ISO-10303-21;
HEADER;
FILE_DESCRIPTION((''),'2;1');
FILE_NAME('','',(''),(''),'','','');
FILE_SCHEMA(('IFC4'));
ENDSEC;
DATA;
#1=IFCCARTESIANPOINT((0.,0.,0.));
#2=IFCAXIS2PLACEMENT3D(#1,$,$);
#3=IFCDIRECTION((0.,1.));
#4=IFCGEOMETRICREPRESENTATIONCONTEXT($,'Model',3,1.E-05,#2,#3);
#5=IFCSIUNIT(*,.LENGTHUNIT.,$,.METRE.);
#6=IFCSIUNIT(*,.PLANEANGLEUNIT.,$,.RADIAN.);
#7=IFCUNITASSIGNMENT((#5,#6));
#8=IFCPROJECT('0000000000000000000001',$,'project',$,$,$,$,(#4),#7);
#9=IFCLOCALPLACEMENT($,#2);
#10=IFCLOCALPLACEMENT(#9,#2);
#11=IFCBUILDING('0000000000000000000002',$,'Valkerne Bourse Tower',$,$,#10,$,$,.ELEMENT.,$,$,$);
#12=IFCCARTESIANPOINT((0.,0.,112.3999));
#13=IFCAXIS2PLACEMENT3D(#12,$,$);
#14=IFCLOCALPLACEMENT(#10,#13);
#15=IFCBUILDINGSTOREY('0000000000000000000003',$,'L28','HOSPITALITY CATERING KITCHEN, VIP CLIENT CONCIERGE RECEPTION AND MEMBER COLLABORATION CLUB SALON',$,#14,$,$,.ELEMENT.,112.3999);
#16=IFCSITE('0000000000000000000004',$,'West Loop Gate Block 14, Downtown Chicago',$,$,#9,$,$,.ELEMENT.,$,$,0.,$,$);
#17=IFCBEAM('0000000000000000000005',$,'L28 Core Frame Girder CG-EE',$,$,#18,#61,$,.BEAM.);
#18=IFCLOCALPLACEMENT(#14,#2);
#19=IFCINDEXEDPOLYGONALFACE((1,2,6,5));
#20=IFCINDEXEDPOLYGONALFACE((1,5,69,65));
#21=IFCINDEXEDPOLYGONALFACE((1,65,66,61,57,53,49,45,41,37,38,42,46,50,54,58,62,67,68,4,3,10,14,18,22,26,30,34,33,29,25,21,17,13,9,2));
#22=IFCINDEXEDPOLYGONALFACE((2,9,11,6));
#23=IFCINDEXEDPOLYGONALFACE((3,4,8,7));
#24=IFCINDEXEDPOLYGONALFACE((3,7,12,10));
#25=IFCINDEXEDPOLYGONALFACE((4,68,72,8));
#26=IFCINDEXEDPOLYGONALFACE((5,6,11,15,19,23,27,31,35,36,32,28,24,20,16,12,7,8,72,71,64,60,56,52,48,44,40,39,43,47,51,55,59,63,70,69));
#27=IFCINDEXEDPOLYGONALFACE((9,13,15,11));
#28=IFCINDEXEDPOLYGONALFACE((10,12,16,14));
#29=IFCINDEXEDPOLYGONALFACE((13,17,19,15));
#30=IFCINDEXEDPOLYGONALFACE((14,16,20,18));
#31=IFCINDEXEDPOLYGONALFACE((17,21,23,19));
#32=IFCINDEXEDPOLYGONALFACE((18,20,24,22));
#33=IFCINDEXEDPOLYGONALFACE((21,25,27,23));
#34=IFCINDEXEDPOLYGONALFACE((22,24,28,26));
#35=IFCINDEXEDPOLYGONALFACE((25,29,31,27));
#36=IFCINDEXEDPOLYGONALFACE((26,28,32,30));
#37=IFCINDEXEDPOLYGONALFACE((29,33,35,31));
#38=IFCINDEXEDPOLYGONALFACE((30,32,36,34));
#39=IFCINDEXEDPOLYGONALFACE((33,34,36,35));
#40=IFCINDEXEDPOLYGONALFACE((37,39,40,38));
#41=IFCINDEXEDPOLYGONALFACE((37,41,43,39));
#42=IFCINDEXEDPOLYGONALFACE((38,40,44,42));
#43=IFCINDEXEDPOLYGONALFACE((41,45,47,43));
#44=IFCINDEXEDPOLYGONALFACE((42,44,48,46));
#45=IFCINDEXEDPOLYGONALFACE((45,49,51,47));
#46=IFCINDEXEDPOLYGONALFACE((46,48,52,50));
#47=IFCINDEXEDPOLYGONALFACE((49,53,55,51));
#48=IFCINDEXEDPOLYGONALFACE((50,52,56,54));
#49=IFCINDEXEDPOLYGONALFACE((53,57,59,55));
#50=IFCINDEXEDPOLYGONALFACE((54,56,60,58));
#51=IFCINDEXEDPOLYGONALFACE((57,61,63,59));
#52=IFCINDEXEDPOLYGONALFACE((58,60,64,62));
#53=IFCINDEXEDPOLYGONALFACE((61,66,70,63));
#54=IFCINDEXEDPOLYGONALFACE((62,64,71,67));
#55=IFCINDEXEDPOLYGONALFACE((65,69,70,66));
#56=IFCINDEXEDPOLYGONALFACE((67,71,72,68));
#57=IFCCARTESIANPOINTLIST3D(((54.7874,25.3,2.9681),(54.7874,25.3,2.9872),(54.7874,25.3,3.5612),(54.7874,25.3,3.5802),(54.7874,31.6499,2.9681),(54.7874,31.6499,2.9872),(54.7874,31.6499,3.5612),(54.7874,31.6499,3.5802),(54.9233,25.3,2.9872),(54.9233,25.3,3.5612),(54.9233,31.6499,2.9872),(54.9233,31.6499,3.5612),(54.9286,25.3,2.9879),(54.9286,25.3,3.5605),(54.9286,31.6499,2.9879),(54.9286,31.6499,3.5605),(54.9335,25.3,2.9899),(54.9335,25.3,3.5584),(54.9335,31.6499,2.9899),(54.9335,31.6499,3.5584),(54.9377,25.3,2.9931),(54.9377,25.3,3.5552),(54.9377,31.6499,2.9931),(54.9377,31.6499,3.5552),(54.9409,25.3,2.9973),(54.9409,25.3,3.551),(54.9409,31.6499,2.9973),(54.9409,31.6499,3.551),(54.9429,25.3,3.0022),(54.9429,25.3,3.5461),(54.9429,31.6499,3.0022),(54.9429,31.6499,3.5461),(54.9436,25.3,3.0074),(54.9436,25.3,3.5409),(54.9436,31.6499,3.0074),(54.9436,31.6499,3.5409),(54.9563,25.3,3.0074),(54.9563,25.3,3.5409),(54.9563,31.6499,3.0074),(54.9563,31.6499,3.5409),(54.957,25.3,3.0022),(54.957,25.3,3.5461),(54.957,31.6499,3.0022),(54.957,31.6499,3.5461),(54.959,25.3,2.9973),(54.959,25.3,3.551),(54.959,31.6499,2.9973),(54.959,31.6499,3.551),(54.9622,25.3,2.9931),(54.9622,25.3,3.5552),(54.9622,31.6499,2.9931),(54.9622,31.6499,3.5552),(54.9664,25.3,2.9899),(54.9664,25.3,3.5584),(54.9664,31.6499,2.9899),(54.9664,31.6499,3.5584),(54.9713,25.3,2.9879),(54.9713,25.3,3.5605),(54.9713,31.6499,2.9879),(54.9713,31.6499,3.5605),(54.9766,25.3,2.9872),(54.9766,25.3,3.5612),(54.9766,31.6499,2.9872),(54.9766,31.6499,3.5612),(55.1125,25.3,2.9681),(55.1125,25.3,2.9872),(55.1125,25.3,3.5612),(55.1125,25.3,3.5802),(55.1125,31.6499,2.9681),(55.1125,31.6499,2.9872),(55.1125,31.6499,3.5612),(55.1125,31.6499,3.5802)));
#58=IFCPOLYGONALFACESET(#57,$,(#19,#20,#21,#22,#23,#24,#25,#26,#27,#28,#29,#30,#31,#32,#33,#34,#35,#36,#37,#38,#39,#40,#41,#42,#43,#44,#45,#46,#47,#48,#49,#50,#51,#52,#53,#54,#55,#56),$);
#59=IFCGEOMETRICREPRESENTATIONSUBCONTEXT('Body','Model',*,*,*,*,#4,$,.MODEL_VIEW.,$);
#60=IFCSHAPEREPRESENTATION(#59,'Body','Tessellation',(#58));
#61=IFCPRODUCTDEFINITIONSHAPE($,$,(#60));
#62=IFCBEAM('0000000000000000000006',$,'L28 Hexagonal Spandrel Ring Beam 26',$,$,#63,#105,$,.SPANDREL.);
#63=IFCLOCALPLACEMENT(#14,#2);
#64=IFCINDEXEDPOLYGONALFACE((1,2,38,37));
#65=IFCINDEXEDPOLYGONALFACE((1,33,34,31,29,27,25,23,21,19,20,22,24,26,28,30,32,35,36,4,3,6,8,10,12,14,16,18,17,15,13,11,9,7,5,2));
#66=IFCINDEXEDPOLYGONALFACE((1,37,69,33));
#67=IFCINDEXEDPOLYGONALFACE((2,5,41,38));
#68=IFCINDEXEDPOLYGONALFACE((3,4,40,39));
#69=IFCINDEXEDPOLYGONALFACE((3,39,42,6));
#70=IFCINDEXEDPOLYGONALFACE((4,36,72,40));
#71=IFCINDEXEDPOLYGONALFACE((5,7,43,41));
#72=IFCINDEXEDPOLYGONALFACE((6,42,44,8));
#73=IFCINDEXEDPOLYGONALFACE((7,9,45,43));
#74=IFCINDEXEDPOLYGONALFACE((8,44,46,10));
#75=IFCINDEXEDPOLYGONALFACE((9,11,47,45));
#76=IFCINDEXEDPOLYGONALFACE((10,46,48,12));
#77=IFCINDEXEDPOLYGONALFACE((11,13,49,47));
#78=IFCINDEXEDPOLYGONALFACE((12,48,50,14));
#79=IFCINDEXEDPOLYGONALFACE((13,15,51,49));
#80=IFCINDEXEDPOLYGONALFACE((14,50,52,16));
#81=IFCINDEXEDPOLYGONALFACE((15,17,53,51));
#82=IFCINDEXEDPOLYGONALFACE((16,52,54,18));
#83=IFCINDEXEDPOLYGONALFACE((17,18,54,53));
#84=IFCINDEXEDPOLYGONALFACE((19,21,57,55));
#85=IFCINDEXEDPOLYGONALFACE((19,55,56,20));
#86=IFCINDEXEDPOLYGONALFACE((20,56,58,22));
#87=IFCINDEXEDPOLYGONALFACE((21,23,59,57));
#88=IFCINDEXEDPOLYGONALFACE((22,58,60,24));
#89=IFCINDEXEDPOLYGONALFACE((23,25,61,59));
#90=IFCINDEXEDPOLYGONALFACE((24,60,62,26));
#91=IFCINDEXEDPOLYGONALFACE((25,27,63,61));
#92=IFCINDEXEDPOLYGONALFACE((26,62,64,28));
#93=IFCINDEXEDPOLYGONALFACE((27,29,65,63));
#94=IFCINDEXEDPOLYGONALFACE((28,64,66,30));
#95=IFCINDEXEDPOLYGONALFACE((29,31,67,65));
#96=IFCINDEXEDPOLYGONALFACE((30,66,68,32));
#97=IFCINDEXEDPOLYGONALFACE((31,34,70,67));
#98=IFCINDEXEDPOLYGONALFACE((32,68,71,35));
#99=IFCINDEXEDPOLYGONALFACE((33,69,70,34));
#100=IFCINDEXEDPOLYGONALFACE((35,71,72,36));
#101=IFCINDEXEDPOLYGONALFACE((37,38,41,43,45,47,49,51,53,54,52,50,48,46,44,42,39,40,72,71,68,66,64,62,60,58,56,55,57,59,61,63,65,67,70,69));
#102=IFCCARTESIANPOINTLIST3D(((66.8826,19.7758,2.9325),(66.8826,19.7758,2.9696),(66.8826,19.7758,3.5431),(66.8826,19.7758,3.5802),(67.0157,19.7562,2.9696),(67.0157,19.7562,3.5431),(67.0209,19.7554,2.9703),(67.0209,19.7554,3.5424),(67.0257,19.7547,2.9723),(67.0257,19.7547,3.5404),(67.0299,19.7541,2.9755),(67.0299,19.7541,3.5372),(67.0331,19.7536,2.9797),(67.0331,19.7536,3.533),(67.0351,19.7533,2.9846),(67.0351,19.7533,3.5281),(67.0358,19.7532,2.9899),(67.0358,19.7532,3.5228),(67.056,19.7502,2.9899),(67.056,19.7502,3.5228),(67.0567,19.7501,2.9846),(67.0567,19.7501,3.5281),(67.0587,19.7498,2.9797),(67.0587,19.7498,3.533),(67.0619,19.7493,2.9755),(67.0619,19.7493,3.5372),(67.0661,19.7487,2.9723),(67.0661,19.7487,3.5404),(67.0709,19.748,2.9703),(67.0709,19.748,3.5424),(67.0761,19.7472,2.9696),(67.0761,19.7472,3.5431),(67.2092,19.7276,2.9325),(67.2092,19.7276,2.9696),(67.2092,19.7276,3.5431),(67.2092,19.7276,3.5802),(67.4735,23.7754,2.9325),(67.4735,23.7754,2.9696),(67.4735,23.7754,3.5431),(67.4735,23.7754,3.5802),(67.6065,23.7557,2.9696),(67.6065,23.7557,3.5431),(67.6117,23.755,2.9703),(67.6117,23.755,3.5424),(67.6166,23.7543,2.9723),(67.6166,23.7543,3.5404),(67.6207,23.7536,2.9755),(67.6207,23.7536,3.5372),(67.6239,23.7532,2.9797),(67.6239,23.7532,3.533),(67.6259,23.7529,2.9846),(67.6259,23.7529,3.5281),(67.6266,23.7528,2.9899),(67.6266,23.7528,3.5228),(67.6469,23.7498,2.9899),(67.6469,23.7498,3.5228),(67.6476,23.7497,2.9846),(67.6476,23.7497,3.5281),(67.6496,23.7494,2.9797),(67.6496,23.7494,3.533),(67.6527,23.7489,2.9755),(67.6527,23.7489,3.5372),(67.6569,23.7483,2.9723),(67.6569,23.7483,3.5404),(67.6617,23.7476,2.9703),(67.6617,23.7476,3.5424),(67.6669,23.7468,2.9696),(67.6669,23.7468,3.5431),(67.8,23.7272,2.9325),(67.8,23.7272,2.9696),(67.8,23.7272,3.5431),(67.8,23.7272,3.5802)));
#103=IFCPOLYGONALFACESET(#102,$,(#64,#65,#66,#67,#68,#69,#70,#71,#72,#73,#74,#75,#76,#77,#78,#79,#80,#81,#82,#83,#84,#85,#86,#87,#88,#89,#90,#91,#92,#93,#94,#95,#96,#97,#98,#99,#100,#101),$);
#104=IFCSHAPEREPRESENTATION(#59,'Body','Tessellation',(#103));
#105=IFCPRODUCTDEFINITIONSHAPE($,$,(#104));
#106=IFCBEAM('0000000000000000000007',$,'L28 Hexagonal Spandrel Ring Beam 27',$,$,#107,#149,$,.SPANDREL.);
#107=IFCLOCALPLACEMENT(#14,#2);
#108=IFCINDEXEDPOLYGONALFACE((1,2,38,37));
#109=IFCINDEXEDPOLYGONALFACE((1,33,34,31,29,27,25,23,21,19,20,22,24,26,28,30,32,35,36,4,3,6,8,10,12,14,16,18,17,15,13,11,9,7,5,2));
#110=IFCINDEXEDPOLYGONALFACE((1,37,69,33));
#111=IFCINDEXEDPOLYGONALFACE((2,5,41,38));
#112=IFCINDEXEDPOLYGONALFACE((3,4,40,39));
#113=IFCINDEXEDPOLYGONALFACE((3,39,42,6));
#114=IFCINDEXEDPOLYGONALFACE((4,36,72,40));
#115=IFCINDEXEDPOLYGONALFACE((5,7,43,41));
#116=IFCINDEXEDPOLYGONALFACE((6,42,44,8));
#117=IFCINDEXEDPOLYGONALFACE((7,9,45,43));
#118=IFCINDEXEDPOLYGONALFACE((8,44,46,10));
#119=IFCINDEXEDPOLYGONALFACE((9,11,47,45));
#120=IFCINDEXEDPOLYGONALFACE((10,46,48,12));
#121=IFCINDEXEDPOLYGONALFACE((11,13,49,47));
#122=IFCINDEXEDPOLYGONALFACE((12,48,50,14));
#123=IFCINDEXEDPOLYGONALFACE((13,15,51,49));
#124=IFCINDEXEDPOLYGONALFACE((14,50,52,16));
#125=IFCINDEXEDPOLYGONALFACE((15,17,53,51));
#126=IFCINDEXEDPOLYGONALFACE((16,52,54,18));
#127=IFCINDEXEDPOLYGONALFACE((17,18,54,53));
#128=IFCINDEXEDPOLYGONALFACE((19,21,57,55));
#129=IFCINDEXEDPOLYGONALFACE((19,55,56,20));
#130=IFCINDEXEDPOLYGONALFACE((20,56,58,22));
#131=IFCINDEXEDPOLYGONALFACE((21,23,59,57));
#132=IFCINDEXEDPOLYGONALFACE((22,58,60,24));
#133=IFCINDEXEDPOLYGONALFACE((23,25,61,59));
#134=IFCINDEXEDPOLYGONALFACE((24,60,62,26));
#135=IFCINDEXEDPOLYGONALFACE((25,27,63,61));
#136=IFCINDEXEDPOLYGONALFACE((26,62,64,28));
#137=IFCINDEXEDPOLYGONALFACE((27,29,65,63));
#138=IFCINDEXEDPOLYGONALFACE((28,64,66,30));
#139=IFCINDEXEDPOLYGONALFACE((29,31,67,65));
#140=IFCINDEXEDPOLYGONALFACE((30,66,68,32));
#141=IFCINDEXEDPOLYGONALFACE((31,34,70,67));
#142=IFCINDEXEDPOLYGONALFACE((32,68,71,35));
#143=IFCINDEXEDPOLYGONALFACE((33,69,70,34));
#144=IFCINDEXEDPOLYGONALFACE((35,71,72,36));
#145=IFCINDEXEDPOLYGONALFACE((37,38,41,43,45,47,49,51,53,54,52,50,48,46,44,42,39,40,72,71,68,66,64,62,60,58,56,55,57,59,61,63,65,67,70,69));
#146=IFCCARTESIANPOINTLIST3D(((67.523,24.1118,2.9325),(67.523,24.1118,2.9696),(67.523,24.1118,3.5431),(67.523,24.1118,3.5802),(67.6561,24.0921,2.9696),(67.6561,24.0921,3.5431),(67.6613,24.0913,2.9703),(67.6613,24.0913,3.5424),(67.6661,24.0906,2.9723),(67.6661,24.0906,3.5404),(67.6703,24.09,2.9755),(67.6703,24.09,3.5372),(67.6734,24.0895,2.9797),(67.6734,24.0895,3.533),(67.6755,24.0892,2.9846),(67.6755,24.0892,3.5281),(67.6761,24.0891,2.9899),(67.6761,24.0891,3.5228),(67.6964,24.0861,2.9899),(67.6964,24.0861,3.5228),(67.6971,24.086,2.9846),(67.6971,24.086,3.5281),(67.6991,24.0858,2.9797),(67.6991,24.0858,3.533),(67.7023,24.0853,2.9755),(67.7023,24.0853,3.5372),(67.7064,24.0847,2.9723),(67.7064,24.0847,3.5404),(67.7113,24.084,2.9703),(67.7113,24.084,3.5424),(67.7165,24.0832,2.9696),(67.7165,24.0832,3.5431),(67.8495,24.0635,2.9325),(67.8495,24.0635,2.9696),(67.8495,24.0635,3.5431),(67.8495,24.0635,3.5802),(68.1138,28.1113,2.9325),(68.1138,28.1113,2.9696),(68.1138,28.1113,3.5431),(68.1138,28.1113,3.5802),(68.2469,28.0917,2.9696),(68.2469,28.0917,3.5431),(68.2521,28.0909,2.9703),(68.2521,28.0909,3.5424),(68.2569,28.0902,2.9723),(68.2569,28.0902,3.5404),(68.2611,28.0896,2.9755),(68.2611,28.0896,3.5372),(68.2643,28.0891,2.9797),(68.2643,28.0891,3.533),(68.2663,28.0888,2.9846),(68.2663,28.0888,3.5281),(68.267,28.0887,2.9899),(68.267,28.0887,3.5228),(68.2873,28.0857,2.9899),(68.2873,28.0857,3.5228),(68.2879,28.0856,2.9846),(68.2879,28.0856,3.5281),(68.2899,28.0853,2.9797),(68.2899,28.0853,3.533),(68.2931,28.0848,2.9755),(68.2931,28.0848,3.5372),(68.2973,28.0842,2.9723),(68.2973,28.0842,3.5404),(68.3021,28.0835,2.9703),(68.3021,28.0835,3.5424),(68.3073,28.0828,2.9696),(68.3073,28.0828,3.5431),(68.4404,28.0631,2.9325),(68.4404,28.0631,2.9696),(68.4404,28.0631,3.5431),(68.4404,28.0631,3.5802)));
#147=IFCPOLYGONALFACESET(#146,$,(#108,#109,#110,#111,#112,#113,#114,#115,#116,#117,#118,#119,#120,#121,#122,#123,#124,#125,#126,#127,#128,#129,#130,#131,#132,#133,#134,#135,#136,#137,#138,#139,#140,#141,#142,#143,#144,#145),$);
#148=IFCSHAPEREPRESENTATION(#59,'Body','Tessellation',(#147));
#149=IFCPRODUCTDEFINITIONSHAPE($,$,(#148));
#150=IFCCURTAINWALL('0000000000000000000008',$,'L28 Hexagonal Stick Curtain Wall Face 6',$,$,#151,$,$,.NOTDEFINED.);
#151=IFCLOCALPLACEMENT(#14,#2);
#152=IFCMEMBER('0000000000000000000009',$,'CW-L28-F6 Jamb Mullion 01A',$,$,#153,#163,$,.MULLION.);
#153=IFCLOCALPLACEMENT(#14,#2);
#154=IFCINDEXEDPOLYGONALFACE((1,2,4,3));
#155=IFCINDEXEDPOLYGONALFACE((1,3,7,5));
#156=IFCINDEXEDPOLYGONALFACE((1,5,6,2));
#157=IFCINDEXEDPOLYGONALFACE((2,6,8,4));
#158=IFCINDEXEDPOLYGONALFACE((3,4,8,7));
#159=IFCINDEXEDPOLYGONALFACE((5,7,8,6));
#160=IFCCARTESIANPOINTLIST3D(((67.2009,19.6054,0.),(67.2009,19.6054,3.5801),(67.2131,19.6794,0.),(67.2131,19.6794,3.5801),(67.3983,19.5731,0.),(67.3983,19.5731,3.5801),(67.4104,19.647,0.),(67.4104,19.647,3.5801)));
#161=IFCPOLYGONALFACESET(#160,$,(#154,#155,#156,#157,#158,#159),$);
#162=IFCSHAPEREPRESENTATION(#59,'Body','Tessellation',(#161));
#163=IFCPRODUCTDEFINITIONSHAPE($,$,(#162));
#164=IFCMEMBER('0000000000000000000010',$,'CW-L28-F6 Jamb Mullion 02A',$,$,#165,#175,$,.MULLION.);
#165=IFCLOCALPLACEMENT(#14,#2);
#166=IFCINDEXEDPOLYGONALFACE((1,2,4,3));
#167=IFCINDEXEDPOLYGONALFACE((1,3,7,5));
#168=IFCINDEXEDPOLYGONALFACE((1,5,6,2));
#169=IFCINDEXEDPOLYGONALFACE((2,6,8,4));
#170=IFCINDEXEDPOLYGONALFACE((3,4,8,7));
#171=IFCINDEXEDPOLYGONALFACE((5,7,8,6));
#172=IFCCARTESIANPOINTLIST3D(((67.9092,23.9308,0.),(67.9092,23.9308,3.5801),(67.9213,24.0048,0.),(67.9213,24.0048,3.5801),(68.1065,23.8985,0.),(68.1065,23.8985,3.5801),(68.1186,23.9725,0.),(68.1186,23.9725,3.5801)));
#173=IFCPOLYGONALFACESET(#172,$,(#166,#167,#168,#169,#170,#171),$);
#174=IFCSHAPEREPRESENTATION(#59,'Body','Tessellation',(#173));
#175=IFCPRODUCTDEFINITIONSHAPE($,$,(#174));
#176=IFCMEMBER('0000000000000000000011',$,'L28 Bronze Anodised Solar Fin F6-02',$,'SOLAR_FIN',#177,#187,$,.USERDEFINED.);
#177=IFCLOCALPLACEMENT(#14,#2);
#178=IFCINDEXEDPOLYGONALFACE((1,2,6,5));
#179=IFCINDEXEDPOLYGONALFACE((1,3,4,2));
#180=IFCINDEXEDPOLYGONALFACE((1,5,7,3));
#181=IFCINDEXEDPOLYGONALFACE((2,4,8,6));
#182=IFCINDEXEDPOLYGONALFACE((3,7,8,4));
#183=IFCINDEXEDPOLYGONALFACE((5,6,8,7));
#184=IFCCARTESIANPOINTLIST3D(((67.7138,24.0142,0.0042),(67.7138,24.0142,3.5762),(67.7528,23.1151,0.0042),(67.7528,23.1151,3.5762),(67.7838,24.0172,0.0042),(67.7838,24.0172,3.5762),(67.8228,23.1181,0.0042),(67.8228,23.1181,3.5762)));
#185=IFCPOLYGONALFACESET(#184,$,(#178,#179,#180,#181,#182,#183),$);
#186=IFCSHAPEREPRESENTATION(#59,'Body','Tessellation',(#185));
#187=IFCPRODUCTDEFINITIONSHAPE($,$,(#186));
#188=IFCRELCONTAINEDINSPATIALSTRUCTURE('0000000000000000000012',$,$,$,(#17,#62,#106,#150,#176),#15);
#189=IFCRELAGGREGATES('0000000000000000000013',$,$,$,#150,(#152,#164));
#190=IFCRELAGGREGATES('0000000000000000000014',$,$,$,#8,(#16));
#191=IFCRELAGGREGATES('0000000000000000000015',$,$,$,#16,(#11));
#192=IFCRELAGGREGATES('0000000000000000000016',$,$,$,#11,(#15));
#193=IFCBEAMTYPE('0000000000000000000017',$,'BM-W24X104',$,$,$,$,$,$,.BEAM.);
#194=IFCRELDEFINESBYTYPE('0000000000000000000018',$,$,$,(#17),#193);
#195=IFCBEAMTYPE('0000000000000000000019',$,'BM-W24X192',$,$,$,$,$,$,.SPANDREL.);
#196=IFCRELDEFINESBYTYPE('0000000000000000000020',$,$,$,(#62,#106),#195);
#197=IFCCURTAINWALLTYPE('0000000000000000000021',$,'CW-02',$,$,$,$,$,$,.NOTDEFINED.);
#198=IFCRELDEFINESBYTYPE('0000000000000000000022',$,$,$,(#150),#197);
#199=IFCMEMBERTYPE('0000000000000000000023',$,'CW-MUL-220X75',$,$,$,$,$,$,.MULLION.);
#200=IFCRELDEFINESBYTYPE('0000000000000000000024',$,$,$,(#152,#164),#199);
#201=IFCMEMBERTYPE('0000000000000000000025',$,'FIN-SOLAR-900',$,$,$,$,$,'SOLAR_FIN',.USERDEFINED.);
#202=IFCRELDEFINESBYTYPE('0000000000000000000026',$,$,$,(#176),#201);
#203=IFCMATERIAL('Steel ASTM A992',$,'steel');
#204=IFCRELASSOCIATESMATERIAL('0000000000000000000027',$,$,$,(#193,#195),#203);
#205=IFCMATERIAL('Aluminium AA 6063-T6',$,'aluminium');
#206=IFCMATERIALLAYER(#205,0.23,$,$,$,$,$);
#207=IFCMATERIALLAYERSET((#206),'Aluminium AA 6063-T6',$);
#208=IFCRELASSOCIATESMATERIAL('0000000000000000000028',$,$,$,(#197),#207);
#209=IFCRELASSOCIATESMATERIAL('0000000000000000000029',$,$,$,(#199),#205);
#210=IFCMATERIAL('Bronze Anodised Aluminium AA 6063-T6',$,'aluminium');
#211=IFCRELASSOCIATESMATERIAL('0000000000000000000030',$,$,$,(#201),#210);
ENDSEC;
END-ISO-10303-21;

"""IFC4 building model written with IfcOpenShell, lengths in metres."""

from ifc_helpers import new_model, si_unit, direction, frame, origin, origin_2d, place, context, subcontext, project, spatial, rectangle, i_section, extrude, material, layer, layer_set, material_profile, profile_set, type_object, element, aggregate, save


model = new_model("IFC4")

# Units and contexts
model_context = context("Model", 3, precision=1e-05, world=origin(), true_north=direction((0.0, 1.0)))
body_context = subcontext(model_context, "Body", "Model", "MODEL_VIEW")
ifc_project = project(units=[si_unit("LENGTHUNIT", "METRE"), si_unit("PLANEANGLEUNIT", "RADIAN")], contexts=[model_context])

# Site, building, storey
site_placement = place(None, origin())
site = spatial("IfcSite", under=ifc_project, at=site_placement, Name="West Loop Gate Block 14, Downtown Chicago", CompositionType="ELEMENT", RefElevation=0.0)
building_placement = place(site_placement, origin())
building = spatial("IfcBuilding", under=site, at=building_placement, Name="Valkerne Bourse Tower", CompositionType="ELEMENT")
storey_placement = place(building_placement, frame((0.0, 0.0, 112.3999)))
storey = spatial("IfcBuildingStorey", under=building, at=storey_placement, Name="L28", Description="HOSPITALITY CATERING KITCHEN, VIP CLIENT CONCIERGE RECEPTION AND MEMBER COLLABORATION CLUB SALON", CompositionType="ELEMENT", Elevation=112.3999)

# Beams
ifc_material_1 = material(Name="Steel ASTM A992", Category="steel")
ifc_material_profile_1 = material_profile(ifc_material_1, i_section(OverallWidth=0.3252, OverallDepth=0.6121, WebThickness=0.0127, FlangeThickness=0.019, FilletRadius=0.0203, at=origin_2d()), Name="W24X104")
ifc_profile_set_1 = profile_set([ifc_material_profile_1], Name="Steel ASTM A992")
beam_type_1 = type_object("IfcBeamType", Name="BM-W24X104", PredefinedType="BEAM", material=ifc_profile_set_1)
beam_1_placement = place(storey_placement, frame((54.95, 25.3, 3.2742), z_axis=(0.0, 1.0, 0.0), x_axis=(-1.0, 0.0, 0.0)))
element("IfcBeam", 1, at=beam_1_placement, inside=storey, type_object=beam_type_1, Name="L28 Core Frame Girder CG-EE", PredefinedType="BEAM", context=body_context, shape_type="SweptSolid", body=[
    extrude(i_section(OverallWidth=0.3252, OverallDepth=0.6121, WebThickness=0.0127, FlangeThickness=0.019, FilletRadius=0.0203, at=origin_2d()), origin(), (0.0, 0.0, 1.0), 6.3499),
])
ifc_material_profile_2 = material_profile(ifc_material_1, i_section(OverallWidth=0.3301, OverallDepth=0.6477, WebThickness=0.0205, FlangeThickness=0.0371, FilletRadius=0.0203, at=origin_2d()), Name="W24X192")
ifc_profile_set_2 = profile_set([ifc_material_profile_2], Name="Steel ASTM A992")
beam_type_2 = type_object("IfcBeamType", Name="BM-W24X192", PredefinedType="SPANDREL", material=ifc_profile_set_2)
for number, where, z_axis, x_axis, name in (
    (2, (67.0459, 19.7517, 3.2563), (0.146137, 0.989264, 0.0), (-0.989264, 0.146137, 0.0), "L28 Hexagonal Spandrel Ring Beam 26"),
    (3, (67.6863, 24.0876, 3.2563), (0.146137, 0.989264, 0.0), (-0.989264, 0.146137, 0.0), "L28 Hexagonal Spandrel Ring Beam 27"),
):
    element("IfcBeam", number, at=place(storey_placement, frame(where, z_axis=z_axis, x_axis=x_axis)), inside=storey, type_object=beam_type_2, Name=name, PredefinedType="SPANDREL", context=body_context, shape_type="SweptSolid", body=[
        extrude(i_section(OverallWidth=0.3301, OverallDepth=0.6477, WebThickness=0.0205, FlangeThickness=0.0371, FilletRadius=0.0203, at=origin_2d()), origin(), (0.0, 0.0, 1.0), 4.043),
    ])

# Curtain wall, members
ifc_material_2 = material(Name="Aluminium AA 6063-T6", Category="aluminium")
ifc_layer_1 = layer(ifc_material_2, 0.23)
ifc_layer_set_1 = layer_set([ifc_layer_1], Name="Aluminium AA 6063-T6")
curtain_wall_type = type_object("IfcCurtainWallType", Name="CW-02", PredefinedType="NOTDEFINED", material=ifc_layer_set_1)
curtain_wall_placement = place(storey_placement, origin())
curtain_wall = element("IfcCurtainWall", 4, at=curtain_wall_placement, inside=storey, type_object=curtain_wall_type, Name="L28 Hexagonal Stick Curtain Wall Face 6", PredefinedType="NOTDEFINED")
ifc_material_profile_3 = material_profile(ifc_material_2, rectangle(XDim=0.075, YDim=0.2, at=origin_2d()), Name="CWM-75X200")
ifc_profile_set_3 = profile_set([ifc_material_profile_3], Name="Aluminium AA 6063-T6")
member_type_1 = type_object("IfcMemberType", Name="CW-MUL-220X75", PredefinedType="MULLION", material=ifc_profile_set_3)
member_1_placement = place(storey_placement, frame((67.3057, 19.6262, 0.0), z_axis=(0.0, 0.0, 1.0), x_axis=(0.161605, 0.986856, 0.0)))
member_1 = element("IfcMember", 5, at=member_1_placement, type_object=member_type_1, Name="CW-L28-F6 Jamb Mullion 01A", PredefinedType="MULLION", context=body_context, shape_type="SweptSolid", body=[
    extrude(rectangle(XDim=0.075, YDim=0.2, at=origin_2d()), origin(), (0.0, 0.0, 1.0), 3.5801),
])
member_2_placement = place(storey_placement, frame((68.0139, 23.9517, 0.0), z_axis=(0.0, 0.0, 1.0), x_axis=(0.161601, 0.986856, 0.0)))
member_2 = element("IfcMember", 6, at=member_2_placement, type_object=member_type_1, Name="CW-L28-F6 Jamb Mullion 02A", PredefinedType="MULLION", context=body_context, shape_type="SweptSolid", body=[
    extrude(rectangle(XDim=0.075, YDim=0.2, at=origin_2d()), origin(), (0.0, 0.0, 1.0), 3.5801),
])

# Member
ifc_material_3 = material(Name="Bronze Anodised Aluminium AA 6063-T6", Category="aluminium")
ifc_material_profile_4 = material_profile(ifc_material_3, rectangle(XDim=0.0701, YDim=0.8999, at=origin_2d()), Name="FIN-70X900")
ifc_profile_set_4 = profile_set([ifc_material_profile_4], Name="Bronze Anodised Aluminium AA 6063-T6")
member_type_2 = type_object("IfcMemberType", Name="FIN-SOLAR-900", ElementType="SOLAR_FIN", PredefinedType="USERDEFINED", material=ifc_profile_set_4)
member_3_placement = place(storey_placement, frame((67.7683, 23.5662, 0.0042), z_axis=(0.0, 0.0, 1.0), x_axis=(0.999062, 0.043293, 0.0)))
element("IfcMember", 7, at=member_3_placement, inside=storey, type_object=member_type_2, Name="L28 Bronze Anodised Solar Fin F6-02", ObjectType="SOLAR_FIN", PredefinedType="USERDEFINED", context=body_context, shape_type="SweptSolid", body=[
    extrude(rectangle(XDim=0.0701, YDim=0.8999, at=origin_2d()), origin(), (0.0, 0.0, 1.0), 3.572),
])

aggregate(curtain_wall, [member_1, member_2])

save(model, "model.ifc")
